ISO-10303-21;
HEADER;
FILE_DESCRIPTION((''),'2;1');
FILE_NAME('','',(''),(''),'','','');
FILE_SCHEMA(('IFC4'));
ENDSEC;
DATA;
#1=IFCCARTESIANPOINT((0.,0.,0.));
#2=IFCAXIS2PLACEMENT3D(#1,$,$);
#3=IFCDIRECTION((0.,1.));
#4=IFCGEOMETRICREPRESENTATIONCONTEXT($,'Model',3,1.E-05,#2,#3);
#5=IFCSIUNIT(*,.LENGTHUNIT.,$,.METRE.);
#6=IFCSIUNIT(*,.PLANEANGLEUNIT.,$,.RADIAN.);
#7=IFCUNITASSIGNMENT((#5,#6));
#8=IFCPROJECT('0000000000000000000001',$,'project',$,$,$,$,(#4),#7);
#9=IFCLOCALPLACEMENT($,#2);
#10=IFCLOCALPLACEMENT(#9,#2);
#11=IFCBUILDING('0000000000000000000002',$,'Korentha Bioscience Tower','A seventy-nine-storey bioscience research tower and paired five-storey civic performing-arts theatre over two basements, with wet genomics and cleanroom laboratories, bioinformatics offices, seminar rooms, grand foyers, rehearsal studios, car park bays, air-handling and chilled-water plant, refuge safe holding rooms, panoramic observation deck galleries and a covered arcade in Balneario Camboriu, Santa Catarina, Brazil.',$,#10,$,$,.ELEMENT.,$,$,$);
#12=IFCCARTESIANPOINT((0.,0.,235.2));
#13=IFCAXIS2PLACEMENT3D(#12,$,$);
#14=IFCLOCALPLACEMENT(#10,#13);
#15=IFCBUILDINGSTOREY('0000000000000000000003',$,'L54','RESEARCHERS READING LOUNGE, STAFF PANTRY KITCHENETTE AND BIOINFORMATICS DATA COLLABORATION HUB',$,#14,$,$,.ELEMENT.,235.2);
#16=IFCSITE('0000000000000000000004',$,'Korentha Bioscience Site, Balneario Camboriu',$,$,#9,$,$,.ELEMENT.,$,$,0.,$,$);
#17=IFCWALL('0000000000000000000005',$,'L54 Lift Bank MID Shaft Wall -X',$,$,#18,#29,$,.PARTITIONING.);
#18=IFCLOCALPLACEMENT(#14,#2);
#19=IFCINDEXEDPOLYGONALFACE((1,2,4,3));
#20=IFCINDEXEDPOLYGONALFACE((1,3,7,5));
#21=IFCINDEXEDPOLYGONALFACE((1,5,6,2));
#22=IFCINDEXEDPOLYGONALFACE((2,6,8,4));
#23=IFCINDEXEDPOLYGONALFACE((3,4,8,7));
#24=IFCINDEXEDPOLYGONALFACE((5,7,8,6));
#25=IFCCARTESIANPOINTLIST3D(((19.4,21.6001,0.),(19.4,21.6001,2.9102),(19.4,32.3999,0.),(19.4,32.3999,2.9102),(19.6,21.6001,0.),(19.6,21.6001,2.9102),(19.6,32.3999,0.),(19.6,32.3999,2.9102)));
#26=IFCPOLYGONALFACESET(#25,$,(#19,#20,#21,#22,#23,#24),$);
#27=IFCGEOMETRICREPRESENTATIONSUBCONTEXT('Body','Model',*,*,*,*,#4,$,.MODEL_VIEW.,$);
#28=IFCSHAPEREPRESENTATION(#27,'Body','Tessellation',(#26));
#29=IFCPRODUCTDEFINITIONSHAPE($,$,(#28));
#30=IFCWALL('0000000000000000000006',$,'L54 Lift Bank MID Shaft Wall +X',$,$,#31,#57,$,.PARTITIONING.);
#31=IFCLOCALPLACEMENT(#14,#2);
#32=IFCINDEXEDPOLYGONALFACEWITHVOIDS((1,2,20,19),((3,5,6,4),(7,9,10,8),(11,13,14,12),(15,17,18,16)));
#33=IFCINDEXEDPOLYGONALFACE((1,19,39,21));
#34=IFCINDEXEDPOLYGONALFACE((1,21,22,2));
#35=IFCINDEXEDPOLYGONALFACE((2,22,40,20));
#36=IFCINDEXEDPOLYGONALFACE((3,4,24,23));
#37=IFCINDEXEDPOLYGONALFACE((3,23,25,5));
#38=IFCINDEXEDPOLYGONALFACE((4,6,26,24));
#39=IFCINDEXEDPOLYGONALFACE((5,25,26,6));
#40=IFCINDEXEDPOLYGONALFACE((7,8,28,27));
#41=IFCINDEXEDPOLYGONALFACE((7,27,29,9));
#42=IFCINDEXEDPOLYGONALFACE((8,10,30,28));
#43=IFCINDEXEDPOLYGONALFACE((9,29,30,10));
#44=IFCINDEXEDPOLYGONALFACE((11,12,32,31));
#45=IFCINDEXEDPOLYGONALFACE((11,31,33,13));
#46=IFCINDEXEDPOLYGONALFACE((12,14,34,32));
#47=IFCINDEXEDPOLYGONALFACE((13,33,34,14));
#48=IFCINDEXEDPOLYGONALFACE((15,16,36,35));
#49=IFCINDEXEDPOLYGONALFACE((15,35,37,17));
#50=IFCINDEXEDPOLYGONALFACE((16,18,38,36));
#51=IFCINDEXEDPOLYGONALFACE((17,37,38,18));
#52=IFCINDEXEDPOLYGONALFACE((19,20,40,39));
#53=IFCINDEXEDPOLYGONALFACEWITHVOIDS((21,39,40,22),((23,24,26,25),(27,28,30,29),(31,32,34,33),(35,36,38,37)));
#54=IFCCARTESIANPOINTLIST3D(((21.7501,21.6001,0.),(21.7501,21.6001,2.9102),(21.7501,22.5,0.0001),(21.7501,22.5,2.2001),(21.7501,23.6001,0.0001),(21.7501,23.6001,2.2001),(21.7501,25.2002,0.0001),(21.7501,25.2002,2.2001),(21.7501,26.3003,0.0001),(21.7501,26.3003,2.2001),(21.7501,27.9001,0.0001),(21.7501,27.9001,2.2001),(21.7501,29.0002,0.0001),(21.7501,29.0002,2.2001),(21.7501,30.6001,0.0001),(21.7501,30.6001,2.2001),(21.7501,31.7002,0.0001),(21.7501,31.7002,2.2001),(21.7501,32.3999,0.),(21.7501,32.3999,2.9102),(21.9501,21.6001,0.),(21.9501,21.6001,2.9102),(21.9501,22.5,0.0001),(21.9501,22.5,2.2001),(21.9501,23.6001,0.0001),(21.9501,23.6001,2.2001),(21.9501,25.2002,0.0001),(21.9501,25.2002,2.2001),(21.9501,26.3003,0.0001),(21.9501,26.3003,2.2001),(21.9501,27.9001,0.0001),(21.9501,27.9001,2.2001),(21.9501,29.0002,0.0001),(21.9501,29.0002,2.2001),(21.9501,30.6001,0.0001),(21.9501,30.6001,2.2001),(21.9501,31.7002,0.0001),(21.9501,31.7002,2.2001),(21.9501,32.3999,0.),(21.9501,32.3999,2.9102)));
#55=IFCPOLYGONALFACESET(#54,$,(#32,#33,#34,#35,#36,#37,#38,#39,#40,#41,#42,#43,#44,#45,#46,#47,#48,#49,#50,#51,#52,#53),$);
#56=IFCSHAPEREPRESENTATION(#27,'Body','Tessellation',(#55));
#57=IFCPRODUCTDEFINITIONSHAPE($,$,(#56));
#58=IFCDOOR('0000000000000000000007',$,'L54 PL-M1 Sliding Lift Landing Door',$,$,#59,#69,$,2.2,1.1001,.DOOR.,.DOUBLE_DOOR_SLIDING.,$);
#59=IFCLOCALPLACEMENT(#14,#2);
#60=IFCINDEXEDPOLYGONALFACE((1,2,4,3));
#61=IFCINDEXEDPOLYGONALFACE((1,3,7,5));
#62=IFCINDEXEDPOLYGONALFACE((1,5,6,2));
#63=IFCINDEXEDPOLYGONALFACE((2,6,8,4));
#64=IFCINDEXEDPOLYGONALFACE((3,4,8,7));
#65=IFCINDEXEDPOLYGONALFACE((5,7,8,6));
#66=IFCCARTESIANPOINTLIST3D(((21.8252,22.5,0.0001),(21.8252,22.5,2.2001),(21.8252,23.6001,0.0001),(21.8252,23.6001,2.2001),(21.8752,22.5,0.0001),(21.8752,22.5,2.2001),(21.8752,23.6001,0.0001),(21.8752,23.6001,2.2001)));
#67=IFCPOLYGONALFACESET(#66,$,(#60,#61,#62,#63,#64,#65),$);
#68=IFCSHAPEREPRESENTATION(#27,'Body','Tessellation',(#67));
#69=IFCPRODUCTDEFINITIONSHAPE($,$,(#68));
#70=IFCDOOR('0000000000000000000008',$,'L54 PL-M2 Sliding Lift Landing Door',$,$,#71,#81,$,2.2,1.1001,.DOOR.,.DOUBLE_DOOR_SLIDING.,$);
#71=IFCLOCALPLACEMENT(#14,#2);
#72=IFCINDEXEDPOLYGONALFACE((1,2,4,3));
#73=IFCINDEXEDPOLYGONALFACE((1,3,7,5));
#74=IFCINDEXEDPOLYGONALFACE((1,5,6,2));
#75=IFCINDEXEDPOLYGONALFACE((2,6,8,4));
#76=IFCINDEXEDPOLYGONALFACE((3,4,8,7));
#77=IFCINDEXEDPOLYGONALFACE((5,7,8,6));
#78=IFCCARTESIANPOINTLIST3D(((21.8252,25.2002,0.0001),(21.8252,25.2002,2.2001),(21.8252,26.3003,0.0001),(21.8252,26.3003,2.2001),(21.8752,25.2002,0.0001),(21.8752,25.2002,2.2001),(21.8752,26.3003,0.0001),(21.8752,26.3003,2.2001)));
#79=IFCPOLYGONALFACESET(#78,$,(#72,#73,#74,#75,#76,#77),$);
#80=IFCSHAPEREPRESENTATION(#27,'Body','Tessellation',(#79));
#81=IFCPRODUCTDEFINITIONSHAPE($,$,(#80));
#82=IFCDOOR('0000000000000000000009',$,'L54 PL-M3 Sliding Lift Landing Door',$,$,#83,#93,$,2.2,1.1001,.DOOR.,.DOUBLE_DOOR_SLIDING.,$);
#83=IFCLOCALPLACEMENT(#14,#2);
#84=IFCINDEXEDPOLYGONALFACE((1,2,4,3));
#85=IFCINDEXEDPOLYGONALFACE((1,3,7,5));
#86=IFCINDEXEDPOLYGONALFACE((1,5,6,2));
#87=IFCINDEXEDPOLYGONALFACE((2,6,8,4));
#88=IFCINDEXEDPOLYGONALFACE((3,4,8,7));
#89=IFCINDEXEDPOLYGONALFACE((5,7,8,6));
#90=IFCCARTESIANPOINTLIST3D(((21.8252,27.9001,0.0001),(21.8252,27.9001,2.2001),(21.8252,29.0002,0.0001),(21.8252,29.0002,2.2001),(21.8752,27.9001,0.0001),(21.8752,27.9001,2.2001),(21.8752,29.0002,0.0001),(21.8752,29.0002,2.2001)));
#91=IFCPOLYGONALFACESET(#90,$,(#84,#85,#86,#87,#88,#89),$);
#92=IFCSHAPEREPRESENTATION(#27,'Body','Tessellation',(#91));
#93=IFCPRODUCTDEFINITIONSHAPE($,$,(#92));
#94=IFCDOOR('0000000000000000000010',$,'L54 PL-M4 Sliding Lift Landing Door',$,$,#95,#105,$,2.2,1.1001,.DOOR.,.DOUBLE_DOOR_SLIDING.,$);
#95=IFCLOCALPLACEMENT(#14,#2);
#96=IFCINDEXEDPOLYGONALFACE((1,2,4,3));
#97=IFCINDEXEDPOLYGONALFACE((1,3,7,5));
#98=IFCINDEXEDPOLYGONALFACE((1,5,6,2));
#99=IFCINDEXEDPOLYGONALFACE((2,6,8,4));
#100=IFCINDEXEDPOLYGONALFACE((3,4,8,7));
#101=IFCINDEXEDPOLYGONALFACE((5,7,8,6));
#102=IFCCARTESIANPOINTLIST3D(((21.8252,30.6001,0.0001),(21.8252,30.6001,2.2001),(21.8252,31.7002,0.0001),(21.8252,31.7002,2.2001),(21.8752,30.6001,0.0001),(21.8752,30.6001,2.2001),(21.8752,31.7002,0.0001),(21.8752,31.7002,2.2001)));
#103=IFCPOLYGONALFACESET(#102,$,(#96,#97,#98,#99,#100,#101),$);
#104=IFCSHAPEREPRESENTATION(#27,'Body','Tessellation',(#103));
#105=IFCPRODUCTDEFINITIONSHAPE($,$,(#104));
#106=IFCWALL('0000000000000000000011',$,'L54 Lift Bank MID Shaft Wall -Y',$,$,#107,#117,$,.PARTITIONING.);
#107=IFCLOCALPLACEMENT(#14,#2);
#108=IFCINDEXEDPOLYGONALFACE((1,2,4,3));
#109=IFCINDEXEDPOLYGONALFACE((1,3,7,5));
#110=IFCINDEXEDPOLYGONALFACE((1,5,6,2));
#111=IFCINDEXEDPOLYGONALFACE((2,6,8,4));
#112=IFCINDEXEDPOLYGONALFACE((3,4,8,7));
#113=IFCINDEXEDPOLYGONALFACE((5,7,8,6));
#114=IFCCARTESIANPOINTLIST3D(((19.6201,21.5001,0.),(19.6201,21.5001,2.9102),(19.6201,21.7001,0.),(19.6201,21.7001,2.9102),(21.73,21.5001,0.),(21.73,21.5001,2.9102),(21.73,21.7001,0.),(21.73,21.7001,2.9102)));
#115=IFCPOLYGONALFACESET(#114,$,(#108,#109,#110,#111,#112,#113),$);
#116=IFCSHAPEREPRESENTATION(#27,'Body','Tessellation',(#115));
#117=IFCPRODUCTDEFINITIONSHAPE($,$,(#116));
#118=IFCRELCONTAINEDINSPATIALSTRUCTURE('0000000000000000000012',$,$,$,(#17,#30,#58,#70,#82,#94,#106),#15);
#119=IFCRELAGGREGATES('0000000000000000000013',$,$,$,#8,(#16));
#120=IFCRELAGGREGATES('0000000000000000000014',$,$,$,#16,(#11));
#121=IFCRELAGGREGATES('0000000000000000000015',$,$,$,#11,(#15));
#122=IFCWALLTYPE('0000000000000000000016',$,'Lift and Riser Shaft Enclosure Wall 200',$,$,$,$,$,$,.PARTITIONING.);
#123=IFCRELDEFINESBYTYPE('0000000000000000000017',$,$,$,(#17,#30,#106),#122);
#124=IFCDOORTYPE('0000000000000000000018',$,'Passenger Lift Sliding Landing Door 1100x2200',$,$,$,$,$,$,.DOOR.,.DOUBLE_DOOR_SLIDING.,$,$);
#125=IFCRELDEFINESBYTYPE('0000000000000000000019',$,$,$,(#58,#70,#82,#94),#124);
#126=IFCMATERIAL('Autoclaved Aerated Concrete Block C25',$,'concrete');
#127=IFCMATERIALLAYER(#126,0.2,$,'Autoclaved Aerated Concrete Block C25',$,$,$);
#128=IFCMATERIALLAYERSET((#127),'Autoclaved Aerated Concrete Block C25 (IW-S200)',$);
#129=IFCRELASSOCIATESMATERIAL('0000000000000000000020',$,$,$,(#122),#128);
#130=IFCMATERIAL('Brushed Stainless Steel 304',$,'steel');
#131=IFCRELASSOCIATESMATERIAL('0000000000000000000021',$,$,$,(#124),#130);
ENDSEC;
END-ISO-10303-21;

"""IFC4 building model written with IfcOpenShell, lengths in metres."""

from ifc_helpers import new_model, si_unit, direction, frame, frame_2d, origin, place, context, subcontext, project, spatial, rectangle, extrude, material, layer, layer_set, type_object, element, fill, save


model = new_model("IFC4")

# Units and contexts
model_context = context("Model", 3, precision=1e-05, world=origin(), true_north=direction((0.0, 1.0)))
body_context = subcontext(model_context, "Body", "Model", "MODEL_VIEW")
ifc_project = project(units=[si_unit("LENGTHUNIT", "METRE"), si_unit("PLANEANGLEUNIT", "RADIAN")], contexts=[model_context])

# Site, building, storey
site_placement = place(None, origin())
site = spatial("IfcSite", under=ifc_project, at=site_placement, Name="Korentha Bioscience Site, Balneario Camboriu", CompositionType="ELEMENT", RefElevation=0.0)
building_placement = place(site_placement, origin())
building = spatial("IfcBuilding", under=site, at=building_placement, Name="Korentha Bioscience Tower", Description="A seventy-nine-storey bioscience research tower and paired five-storey civic performing-arts theatre over two basements, with wet genomics and cleanroom laboratories, bioinformatics offices, seminar rooms, grand foyers, rehearsal studios, car park bays, air-handling and chilled-water plant, refuge safe holding rooms, panoramic observation deck galleries and a covered arcade in Balneario Camboriu, Santa Catarina, Brazil.", CompositionType="ELEMENT")
storey_placement = place(building_placement, frame((0.0, 0.0, 235.2)))
storey = spatial("IfcBuildingStorey", under=building, at=storey_placement, Name="L54", Description="RESEARCHERS READING LOUNGE, STAFF PANTRY KITCHENETTE AND BIOINFORMATICS DATA COLLABORATION HUB", CompositionType="ELEMENT", Elevation=235.2)

# Wall
ifc_material_1 = material(Name="Autoclaved Aerated Concrete Block C25", Category="concrete")
ifc_layer_1 = layer(ifc_material_1, 0.2, Name="Autoclaved Aerated Concrete Block C25")
ifc_layer_set_1 = layer_set([ifc_layer_1], Name="Autoclaved Aerated Concrete Block C25 (IW-S200)")
wall_type_1 = type_object("IfcWallType", Name="Lift and Riser Shaft Enclosure Wall 200", PredefinedType="PARTITIONING", material=ifc_layer_set_1)
wall_1_placement = place(storey_placement, frame((19.5, 21.6001, 0.0), z_axis=(0.0, 0.0, 1.0), x_axis=(0.0, 1.0, 0.0)))
element("IfcWall", 1, at=wall_1_placement, inside=storey, type_object=wall_type_1, Name="L54 Lift Bank MID Shaft Wall -X", PredefinedType="PARTITIONING", context=body_context, shape_type="SweptSolid", body=[
    extrude(rectangle(XDim=10.7998, YDim=0.2, at=frame_2d((5.3999, 0.0))), origin(), (0.0, 0.0, 1.0), 2.9102),
])

# Wall, openings, doors
wall_2_placement = place(storey_placement, frame((21.8501, 21.6001, 0.0), z_axis=(0.0, 0.0, 1.0), x_axis=(0.0, 1.0, 0.0)))
wall_2 = element("IfcWall", 2, at=wall_2_placement, inside=storey, type_object=wall_type_1, Name="L54 Lift Bank MID Shaft Wall +X", PredefinedType="PARTITIONING", context=body_context, shape_type="SweptSolid", body=[
    extrude(rectangle(XDim=10.7998, YDim=0.2, at=frame_2d((5.3999, 0.0))), origin(), (0.0, 0.0, 1.0), 2.9102),
])
opening_1_placement = place(wall_2_placement, frame((0.8999, 0.0, 0.0)))
opening_1 = element("IfcOpeningElement", 3, at=opening_1_placement, cuts=wall_2, PredefinedType="OPENING", context=body_context, shape_type="SweptSolid", body=[
    extrude(rectangle(XDim=1.1001, YDim=2.2, at=frame_2d((0.55, 1.1001))), frame((0.0, 0.1147, 0.0), z_axis=(0.0, -1.0, 0.0), x_axis=(1.0, 0.0, 0.0)), (0.0, 0.0, 1.0), 0.2297),
])
opening_2_placement = place(wall_2_placement, frame((3.6001, 0.0, 0.0)))
opening_2 = element("IfcOpeningElement", 4, at=opening_2_placement, cuts=wall_2, PredefinedType="OPENING", context=body_context, shape_type="SweptSolid", body=[
    extrude(rectangle(XDim=1.1001, YDim=2.2, at=frame_2d((0.55, 1.1001))), frame((0.0, 0.1147, 0.0), z_axis=(0.0, -1.0, 0.0), x_axis=(1.0, 0.0, 0.0)), (0.0, 0.0, 1.0), 0.2297),
])
opening_3_placement = place(wall_2_placement, frame((6.3, 0.0, 0.0)))
opening_3 = element("IfcOpeningElement", 5, at=opening_3_placement, cuts=wall_2, PredefinedType="OPENING", context=body_context, shape_type="SweptSolid", body=[
    extrude(rectangle(XDim=1.1001, YDim=2.2, at=frame_2d((0.55, 1.1001))), frame((0.0, 0.1147, 0.0), z_axis=(0.0, -1.0, 0.0), x_axis=(1.0, 0.0, 0.0)), (0.0, 0.0, 1.0), 0.2297),
])
opening_4_placement = place(wall_2_placement, frame((9.0, 0.0, 0.0)))
opening_4 = element("IfcOpeningElement", 6, at=opening_4_placement, cuts=wall_2, PredefinedType="OPENING", context=body_context, shape_type="SweptSolid", body=[
    extrude(rectangle(XDim=1.1001, YDim=2.2, at=frame_2d((0.55, 1.1001))), frame((0.0, 0.1147, 0.0), z_axis=(0.0, -1.0, 0.0), x_axis=(1.0, 0.0, 0.0)), (0.0, 0.0, 1.0), 0.2297),
])
ifc_material_2 = material(Name="Brushed Stainless Steel 304", Category="steel")
door_type_1 = type_object("IfcDoorType", Name="Passenger Lift Sliding Landing Door 1100x2200", OperationType="DOUBLE_DOOR_SLIDING", PredefinedType="DOOR", material=ifc_material_2)
door_1_placement = place(opening_1_placement, origin())
door_1 = element("IfcDoor", 7, at=door_1_placement, inside=storey, type_object=door_type_1, Name="L54 PL-M1 Sliding Lift Landing Door", OperationType="DOUBLE_DOOR_SLIDING", OverallHeight=2.2, OverallWidth=1.1001, PredefinedType="DOOR", context=body_context, shape_type="SweptSolid", body=[
    extrude(rectangle(XDim=1.1001, YDim=2.2, at=frame_2d((0.55, 1.1001))), frame((0.0, 0.0249, 0.0), z_axis=(0.0, -1.0, 0.0), x_axis=(1.0, 0.0, 0.0)), (0.0, 0.0, 1.0), 0.05),
])
fill(opening_1, door_1)
door_2_placement = place(opening_2_placement, origin())
door_2 = element("IfcDoor", 8, at=door_2_placement, inside=storey, type_object=door_type_1, Name="L54 PL-M2 Sliding Lift Landing Door", OperationType="DOUBLE_DOOR_SLIDING", OverallHeight=2.2, OverallWidth=1.1001, PredefinedType="DOOR", context=body_context, shape_type="SweptSolid", body=[
    extrude(rectangle(XDim=1.1001, YDim=2.2, at=frame_2d((0.55, 1.1001))), frame((0.0, 0.0249, 0.0), z_axis=(0.0, -1.0, 0.0), x_axis=(1.0, 0.0, 0.0)), (0.0, 0.0, 1.0), 0.05),
])
fill(opening_2, door_2)
door_3_placement = place(opening_3_placement, origin())
door_3 = element("IfcDoor", 9, at=door_3_placement, inside=storey, type_object=door_type_1, Name="L54 PL-M3 Sliding Lift Landing Door", OperationType="DOUBLE_DOOR_SLIDING", OverallHeight=2.2, OverallWidth=1.1001, PredefinedType="DOOR", context=body_context, shape_type="SweptSolid", body=[
    extrude(rectangle(XDim=1.1001, YDim=2.2, at=frame_2d((0.55, 1.1001))), frame((0.0, 0.0249, 0.0), z_axis=(0.0, -1.0, 0.0), x_axis=(1.0, 0.0, 0.0)), (0.0, 0.0, 1.0), 0.05),
])
fill(opening_3, door_3)
door_4_placement = place(opening_4_placement, origin())
door_4 = element("IfcDoor", 10, at=door_4_placement, inside=storey, type_object=door_type_1, Name="L54 PL-M4 Sliding Lift Landing Door", OperationType="DOUBLE_DOOR_SLIDING", OverallHeight=2.2, OverallWidth=1.1001, PredefinedType="DOOR", context=body_context, shape_type="SweptSolid", body=[
    extrude(rectangle(XDim=1.1001, YDim=2.2, at=frame_2d((0.55, 1.1001))), frame((0.0, 0.0249, 0.0), z_axis=(0.0, -1.0, 0.0), x_axis=(1.0, 0.0, 0.0)), (0.0, 0.0, 1.0), 0.05),
])
fill(opening_4, door_4)

# Wall
wall_3_placement = place(storey_placement, frame((19.6201, 21.6001, 0.0), z_axis=(0.0, 0.0, 1.0), x_axis=(1.0, 0.0, 0.0)))
element("IfcWall", 11, at=wall_3_placement, inside=storey, type_object=wall_type_1, Name="L54 Lift Bank MID Shaft Wall -Y", PredefinedType="PARTITIONING", context=body_context, shape_type="SweptSolid", body=[
    extrude(rectangle(XDim=2.1099, YDim=0.2, at=frame_2d((1.0549, 0.0))), origin(), (0.0, 0.0, 1.0), 2.9102),
])

save(model, "model.ifc")
